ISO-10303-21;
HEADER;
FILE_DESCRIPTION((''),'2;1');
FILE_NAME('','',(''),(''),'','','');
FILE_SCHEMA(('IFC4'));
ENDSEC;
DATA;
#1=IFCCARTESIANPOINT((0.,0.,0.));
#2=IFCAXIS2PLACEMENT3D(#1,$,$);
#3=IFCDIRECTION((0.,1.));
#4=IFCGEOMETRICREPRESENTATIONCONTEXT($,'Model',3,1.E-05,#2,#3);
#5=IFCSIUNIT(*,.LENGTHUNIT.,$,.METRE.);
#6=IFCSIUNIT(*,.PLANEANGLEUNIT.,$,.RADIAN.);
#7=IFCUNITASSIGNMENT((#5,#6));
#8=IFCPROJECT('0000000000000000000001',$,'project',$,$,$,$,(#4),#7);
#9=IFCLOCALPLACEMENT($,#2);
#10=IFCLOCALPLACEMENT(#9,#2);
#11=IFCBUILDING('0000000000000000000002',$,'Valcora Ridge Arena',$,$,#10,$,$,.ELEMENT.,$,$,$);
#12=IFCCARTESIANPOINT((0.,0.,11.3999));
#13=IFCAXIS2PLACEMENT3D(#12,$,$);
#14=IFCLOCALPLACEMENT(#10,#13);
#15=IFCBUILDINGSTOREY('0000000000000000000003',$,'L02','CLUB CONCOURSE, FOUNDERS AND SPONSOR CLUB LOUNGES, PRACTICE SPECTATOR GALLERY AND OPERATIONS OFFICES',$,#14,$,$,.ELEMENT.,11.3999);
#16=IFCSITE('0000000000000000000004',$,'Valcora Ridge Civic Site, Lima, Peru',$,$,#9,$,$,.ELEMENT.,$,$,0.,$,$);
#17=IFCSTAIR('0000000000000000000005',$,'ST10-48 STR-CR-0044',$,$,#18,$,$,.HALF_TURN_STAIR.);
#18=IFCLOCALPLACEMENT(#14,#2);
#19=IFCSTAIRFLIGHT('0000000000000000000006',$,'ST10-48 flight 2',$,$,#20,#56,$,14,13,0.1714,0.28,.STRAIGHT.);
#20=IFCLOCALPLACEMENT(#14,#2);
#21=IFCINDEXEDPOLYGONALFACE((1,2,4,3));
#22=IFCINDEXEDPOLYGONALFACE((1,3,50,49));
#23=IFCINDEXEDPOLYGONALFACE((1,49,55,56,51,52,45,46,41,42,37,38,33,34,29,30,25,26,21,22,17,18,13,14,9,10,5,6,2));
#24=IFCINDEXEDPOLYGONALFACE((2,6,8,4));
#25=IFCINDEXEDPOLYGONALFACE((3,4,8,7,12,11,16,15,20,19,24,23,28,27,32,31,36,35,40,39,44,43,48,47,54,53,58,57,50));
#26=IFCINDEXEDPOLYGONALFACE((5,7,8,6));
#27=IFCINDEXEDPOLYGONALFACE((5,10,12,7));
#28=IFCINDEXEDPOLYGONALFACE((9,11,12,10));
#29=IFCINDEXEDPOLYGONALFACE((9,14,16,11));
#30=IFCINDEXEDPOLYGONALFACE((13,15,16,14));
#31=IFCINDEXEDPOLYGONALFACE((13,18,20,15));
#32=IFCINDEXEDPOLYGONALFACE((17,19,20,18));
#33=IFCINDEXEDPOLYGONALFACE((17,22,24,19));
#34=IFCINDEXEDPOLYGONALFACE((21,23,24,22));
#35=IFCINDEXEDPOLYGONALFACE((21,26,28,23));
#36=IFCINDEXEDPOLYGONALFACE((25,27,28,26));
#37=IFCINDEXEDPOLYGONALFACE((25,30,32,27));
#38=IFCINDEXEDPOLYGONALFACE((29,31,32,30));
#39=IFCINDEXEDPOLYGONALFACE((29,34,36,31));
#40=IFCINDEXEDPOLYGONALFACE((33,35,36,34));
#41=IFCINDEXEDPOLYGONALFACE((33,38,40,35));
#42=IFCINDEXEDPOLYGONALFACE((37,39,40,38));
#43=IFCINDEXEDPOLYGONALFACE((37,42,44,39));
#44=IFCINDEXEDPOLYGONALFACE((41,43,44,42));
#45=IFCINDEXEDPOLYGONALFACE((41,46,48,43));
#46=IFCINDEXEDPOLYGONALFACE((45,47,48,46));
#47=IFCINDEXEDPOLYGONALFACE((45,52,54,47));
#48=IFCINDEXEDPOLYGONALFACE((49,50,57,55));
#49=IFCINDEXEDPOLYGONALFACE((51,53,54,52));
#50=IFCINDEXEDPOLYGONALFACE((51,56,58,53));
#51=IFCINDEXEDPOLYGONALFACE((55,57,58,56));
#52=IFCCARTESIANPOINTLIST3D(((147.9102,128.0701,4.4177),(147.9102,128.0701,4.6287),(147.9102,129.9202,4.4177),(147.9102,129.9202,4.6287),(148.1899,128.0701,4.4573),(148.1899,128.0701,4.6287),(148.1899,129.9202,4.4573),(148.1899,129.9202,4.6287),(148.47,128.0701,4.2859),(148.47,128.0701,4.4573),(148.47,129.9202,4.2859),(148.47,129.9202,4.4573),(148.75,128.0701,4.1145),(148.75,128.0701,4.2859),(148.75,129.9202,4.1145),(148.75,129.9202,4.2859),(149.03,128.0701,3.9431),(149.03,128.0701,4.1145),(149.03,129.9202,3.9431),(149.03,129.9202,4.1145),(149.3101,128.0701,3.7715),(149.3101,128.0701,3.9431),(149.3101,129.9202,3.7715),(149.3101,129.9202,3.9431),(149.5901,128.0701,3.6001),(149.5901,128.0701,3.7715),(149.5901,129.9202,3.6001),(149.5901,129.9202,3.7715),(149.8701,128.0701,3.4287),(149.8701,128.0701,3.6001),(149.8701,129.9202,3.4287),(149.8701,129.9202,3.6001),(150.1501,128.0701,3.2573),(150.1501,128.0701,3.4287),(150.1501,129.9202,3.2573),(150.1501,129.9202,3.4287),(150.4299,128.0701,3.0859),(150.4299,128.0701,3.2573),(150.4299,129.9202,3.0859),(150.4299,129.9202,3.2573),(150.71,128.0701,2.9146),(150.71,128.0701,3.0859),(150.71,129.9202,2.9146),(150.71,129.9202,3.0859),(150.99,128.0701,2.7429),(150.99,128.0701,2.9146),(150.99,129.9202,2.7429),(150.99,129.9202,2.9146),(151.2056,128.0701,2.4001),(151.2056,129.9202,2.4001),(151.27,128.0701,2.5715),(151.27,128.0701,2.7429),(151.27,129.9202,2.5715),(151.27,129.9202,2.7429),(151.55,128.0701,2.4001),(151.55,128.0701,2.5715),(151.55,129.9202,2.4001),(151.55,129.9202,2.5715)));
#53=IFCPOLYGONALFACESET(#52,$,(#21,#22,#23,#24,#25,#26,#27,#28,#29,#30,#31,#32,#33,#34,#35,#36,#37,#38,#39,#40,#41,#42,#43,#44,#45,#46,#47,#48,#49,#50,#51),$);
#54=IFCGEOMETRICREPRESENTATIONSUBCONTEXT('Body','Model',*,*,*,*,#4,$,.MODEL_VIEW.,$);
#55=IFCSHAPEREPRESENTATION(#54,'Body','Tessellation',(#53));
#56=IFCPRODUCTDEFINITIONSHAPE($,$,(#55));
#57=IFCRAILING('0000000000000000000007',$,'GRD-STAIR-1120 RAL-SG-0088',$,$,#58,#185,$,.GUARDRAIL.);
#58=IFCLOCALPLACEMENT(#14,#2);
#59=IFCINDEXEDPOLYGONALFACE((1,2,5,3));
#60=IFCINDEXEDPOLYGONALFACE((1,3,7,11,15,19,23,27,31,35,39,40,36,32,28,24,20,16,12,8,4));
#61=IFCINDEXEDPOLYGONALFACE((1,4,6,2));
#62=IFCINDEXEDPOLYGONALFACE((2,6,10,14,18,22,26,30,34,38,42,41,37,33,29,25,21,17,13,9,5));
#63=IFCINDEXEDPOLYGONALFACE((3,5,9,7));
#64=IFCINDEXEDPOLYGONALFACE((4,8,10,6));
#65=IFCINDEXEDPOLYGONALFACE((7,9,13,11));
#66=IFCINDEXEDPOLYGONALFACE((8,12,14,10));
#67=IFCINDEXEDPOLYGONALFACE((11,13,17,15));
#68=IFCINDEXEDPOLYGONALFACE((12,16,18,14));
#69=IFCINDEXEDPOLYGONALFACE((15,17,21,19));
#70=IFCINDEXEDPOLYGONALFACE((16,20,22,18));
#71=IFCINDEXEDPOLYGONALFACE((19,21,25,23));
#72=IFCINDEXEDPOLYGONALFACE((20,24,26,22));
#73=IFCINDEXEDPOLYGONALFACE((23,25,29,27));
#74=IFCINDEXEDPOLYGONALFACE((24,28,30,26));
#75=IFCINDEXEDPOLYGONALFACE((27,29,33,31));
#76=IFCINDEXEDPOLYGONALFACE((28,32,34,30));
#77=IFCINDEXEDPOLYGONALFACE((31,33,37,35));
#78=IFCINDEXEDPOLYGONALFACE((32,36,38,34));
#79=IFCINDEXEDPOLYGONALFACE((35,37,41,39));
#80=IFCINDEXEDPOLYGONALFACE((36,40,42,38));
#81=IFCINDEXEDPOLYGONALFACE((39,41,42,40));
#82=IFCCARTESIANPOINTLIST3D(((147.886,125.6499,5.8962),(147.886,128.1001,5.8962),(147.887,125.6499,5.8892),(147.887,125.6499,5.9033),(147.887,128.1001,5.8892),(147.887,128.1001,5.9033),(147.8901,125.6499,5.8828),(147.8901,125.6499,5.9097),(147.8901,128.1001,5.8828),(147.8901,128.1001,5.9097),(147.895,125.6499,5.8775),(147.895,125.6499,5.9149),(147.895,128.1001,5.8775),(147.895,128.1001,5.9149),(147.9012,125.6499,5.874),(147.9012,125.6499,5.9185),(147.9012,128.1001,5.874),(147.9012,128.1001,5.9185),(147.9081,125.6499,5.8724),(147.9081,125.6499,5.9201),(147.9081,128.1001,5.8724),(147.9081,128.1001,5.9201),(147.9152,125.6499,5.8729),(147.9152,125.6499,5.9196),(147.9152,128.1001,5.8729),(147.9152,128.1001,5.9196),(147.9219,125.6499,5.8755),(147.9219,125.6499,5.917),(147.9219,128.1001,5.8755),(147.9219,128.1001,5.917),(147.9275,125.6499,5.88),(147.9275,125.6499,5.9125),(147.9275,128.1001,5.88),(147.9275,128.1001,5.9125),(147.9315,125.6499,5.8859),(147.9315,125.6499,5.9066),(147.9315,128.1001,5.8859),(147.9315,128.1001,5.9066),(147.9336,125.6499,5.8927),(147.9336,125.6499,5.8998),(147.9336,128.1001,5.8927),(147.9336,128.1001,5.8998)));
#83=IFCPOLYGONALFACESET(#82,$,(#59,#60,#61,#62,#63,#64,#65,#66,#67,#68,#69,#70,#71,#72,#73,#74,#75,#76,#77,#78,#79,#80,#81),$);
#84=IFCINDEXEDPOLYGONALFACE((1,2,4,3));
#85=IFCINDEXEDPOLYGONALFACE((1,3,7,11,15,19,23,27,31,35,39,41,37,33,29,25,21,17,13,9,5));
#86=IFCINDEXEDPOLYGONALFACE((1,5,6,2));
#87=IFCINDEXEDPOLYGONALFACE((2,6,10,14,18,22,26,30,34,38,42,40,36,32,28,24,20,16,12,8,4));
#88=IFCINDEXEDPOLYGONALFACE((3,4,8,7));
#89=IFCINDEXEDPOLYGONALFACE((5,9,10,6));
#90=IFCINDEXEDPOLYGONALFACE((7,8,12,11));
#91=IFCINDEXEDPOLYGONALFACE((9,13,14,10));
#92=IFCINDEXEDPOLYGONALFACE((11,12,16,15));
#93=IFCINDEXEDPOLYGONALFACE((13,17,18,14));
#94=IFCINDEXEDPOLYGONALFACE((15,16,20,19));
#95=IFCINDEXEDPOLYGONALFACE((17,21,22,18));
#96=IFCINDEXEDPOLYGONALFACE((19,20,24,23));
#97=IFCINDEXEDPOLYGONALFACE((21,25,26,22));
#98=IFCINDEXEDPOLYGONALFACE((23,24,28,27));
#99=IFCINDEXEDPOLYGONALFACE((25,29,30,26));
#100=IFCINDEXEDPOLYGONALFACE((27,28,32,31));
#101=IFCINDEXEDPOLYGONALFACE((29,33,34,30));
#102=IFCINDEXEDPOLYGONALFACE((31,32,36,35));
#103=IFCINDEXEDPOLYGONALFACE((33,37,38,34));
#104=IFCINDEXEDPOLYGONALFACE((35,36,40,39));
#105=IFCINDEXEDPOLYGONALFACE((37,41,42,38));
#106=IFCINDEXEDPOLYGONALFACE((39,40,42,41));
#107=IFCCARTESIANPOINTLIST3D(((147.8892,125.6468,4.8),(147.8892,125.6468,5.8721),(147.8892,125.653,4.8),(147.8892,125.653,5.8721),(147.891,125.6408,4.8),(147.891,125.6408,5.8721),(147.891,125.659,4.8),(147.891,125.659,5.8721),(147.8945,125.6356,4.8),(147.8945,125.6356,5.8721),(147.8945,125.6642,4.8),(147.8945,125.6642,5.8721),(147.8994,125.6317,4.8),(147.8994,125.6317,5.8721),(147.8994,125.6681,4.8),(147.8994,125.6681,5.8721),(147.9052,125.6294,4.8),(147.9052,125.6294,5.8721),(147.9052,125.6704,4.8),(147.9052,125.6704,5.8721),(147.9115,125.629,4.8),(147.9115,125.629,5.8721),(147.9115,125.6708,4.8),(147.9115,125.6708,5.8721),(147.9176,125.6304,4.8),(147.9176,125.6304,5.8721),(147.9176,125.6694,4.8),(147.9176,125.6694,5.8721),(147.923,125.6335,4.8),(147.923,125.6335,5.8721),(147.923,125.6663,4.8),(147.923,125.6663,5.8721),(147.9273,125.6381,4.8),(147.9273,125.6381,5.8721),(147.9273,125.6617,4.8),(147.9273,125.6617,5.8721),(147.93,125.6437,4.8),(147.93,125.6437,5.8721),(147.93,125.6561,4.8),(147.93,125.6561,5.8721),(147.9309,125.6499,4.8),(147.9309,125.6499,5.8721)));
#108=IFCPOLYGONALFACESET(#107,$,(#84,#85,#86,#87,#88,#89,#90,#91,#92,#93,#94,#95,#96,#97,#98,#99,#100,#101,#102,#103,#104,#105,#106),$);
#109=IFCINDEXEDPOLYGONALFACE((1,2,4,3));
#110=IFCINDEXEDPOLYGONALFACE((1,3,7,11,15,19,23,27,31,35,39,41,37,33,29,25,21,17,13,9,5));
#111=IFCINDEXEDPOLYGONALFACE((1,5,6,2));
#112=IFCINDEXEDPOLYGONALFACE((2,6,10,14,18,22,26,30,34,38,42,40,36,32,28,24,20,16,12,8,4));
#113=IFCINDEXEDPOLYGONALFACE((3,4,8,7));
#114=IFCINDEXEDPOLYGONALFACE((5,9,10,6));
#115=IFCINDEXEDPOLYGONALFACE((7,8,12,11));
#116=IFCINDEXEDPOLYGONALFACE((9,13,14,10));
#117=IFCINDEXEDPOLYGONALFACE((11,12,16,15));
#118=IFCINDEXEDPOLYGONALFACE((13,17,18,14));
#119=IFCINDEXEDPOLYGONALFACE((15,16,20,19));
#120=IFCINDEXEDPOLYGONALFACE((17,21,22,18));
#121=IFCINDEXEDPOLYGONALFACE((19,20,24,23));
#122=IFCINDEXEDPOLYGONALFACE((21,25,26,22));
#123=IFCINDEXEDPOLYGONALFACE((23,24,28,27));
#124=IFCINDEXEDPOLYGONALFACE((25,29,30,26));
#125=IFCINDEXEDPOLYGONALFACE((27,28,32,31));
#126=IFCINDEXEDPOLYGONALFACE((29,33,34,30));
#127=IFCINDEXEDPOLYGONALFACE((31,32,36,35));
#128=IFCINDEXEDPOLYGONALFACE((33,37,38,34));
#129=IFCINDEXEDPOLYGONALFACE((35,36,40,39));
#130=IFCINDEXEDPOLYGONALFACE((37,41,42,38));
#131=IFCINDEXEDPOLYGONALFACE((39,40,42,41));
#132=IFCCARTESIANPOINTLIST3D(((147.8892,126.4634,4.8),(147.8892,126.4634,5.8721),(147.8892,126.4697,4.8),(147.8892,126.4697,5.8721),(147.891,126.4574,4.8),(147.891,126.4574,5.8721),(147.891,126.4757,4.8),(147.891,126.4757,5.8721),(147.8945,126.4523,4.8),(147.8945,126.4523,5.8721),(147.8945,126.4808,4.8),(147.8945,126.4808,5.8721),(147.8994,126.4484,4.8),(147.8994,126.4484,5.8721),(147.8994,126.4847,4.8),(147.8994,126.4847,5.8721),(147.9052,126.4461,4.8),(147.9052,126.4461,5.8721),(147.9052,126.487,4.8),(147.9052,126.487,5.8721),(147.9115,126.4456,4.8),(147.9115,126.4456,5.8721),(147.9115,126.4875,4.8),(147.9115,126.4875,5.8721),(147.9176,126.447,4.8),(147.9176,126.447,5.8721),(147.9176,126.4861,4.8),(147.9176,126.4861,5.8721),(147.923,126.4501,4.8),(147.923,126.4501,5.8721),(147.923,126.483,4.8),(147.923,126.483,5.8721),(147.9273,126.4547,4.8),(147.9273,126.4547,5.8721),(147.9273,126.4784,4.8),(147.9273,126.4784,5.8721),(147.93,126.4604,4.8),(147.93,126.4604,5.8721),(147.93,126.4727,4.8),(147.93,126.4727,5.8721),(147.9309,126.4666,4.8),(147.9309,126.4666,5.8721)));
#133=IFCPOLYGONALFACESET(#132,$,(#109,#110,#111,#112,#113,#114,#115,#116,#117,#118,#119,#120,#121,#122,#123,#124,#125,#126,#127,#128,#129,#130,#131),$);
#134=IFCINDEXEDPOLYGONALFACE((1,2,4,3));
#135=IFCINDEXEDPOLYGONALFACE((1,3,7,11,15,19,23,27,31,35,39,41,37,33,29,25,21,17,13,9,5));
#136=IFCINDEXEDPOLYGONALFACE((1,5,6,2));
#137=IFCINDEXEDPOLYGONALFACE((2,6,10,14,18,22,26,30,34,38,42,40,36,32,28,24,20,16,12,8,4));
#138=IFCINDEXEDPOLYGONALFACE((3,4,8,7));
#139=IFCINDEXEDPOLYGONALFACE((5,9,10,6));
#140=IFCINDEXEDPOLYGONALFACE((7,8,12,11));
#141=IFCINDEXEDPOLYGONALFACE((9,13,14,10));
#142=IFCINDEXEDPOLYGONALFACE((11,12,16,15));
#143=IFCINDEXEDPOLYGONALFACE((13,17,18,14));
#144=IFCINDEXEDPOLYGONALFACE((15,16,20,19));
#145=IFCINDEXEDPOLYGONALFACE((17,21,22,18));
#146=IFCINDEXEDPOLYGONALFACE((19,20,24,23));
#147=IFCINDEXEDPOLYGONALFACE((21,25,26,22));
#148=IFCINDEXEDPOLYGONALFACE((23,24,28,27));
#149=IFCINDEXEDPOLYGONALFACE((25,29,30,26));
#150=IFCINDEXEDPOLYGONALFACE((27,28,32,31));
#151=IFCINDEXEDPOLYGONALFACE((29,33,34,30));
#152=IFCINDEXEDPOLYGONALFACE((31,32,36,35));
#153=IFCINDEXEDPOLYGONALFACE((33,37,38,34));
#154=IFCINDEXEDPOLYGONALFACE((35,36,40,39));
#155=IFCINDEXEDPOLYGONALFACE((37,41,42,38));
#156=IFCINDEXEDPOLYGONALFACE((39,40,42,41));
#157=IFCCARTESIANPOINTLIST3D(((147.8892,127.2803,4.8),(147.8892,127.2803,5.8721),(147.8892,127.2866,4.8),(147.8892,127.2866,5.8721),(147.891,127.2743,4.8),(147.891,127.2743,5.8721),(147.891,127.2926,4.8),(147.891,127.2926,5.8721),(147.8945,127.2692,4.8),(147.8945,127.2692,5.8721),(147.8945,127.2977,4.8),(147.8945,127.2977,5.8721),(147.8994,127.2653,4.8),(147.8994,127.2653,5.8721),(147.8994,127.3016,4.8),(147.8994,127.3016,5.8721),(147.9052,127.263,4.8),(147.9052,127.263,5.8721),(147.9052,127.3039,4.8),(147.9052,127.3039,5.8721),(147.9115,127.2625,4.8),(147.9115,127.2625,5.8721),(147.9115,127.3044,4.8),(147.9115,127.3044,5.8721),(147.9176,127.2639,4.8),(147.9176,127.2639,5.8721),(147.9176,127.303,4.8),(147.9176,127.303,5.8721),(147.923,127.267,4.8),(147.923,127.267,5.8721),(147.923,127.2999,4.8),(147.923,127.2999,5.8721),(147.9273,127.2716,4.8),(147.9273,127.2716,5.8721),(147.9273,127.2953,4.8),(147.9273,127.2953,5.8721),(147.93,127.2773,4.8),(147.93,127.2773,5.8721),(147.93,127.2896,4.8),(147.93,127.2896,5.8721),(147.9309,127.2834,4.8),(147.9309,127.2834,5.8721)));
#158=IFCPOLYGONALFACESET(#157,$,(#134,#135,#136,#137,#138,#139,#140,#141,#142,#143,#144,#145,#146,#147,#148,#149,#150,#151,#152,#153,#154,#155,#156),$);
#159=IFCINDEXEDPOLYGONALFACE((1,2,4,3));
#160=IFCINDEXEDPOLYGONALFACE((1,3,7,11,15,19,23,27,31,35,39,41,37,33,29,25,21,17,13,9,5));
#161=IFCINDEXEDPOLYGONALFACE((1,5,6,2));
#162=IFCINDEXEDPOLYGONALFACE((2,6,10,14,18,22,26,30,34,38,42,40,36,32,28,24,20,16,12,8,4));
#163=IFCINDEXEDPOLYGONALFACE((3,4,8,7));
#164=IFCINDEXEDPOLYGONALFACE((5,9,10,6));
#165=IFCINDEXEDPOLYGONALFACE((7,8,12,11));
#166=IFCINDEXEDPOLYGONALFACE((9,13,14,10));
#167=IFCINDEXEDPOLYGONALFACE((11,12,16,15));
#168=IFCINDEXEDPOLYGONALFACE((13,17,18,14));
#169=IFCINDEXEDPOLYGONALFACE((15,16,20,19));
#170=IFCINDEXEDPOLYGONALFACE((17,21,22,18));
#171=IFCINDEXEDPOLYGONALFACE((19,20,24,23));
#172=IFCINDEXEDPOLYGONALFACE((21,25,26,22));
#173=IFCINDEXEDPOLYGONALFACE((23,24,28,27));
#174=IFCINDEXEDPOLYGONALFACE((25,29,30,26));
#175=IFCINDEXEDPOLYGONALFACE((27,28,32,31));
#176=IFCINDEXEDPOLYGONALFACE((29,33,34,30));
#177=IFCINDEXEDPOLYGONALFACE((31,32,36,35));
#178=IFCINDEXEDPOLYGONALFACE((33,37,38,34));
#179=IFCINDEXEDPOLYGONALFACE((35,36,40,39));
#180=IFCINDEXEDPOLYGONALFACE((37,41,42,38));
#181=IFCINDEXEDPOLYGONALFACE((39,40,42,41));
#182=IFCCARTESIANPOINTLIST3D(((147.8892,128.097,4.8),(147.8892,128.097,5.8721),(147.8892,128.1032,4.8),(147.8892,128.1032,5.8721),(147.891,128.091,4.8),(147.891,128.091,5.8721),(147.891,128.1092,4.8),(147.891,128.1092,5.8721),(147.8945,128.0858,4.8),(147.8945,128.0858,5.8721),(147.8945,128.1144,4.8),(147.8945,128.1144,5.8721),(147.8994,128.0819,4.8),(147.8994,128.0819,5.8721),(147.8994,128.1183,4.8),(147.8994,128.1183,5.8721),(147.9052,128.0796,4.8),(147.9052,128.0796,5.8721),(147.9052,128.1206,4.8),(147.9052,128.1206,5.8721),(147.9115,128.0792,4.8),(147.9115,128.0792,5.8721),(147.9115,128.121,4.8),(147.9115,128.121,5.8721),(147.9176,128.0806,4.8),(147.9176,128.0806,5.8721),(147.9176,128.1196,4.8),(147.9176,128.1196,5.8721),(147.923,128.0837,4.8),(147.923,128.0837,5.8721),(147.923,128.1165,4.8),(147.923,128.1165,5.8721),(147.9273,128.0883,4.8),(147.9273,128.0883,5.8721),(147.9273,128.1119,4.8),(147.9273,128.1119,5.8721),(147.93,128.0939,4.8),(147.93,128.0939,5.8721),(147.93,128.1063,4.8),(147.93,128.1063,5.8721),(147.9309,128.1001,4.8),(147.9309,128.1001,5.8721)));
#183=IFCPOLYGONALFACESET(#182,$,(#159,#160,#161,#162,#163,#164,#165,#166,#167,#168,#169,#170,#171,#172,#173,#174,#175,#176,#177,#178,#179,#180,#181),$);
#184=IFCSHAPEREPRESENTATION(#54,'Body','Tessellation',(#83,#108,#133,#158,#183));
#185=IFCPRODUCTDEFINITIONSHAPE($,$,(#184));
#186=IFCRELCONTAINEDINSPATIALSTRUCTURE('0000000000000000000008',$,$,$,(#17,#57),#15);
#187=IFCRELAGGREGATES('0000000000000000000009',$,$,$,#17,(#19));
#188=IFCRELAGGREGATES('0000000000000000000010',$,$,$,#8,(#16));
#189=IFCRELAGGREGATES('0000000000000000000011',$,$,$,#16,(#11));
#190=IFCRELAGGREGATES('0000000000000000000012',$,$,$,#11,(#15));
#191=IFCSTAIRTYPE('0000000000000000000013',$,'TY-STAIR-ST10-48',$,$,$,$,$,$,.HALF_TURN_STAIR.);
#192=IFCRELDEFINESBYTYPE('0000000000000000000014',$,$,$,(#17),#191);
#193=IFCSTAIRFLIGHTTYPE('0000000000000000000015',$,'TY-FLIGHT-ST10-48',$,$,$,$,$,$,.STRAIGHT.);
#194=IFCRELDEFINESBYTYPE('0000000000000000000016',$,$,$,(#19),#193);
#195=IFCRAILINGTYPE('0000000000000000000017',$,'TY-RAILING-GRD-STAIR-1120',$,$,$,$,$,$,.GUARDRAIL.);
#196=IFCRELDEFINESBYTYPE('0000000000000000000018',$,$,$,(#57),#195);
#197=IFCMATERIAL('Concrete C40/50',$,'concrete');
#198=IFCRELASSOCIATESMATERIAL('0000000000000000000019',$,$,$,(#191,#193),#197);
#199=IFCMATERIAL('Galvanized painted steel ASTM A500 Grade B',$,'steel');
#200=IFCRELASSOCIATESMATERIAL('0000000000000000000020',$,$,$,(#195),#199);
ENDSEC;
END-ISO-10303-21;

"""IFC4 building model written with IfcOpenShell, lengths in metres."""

from ifc_helpers import new_model, si_unit, direction, frame, origin, origin_2d, place, context, subcontext, project, spatial, polyline, circle, outline, extrude, material, type_object, element, aggregate, save


model = new_model("IFC4")

# Units and contexts
model_context = context("Model", 3, precision=1e-05, world=origin(), true_north=direction((0.0, 1.0)))
body_context = subcontext(model_context, "Body", "Model", "MODEL_VIEW")
ifc_project = project(units=[si_unit("LENGTHUNIT", "METRE"), si_unit("PLANEANGLEUNIT", "RADIAN")], contexts=[model_context])

# Site, building, storey
site_placement = place(None, origin())
site = spatial("IfcSite", under=ifc_project, at=site_placement, Name="Valcora Ridge Civic Site, Lima, Peru", CompositionType="ELEMENT", RefElevation=0.0)
building_placement = place(site_placement, origin())
building = spatial("IfcBuilding", under=site, at=building_placement, Name="Valcora Ridge Arena", CompositionType="ELEMENT")
storey_placement = place(building_placement, frame((0.0, 0.0, 11.3999)))
storey = spatial("IfcBuildingStorey", under=building, at=storey_placement, Name="L02", Description="CLUB CONCOURSE, FOUNDERS AND SPONSOR CLUB LOUNGES, PRACTICE SPECTATOR GALLERY AND OPERATIONS OFFICES", CompositionType="ELEMENT", Elevation=11.3999)

# Shared definitions
ifc_material_1 = material(Name="Concrete C40/50", Category="concrete")

# Stair, stair flight
stair_type = type_object("IfcStairType", Name="TY-STAIR-ST10-48", PredefinedType="HALF_TURN_STAIR", material=ifc_material_1)
stair_placement = place(storey_placement, origin())
stair = element("IfcStair", 1, at=stair_placement, inside=storey, type_object=stair_type, Name="ST10-48 STR-CR-0044", PredefinedType="HALF_TURN_STAIR")
stair_flight_type = type_object("IfcStairFlightType", Name="TY-FLIGHT-ST10-48", PredefinedType="STRAIGHT", material=ifc_material_1)
stair_flight_1_placement = place(storey_placement, frame((151.55, 128.9951, 2.4001), z_axis=(0.0, 0.0, 1.0), x_axis=(-1.0, 0.0, 0.0)))
stair_flight_1 = element("IfcStairFlight", 2, at=stair_flight_1_placement, type_object=stair_flight_type, Name="ST10-48 flight 2", NumberOfRisers=14, NumberOfTreads=13, PredefinedType="STRAIGHT", RiserHeight=0.1714, TreadLength=0.28, context=body_context, shape_type="SweptSolid", body=[
    extrude(outline(polyline([(0.0, 0.0), (0.0, 0.1714), (0.28, 0.1714), (0.28, 0.3428), (0.5601, 0.3428), (0.5601, 0.5144), (0.8401, 0.5144), (0.8401, 0.6858), (1.1201, 0.6858), (1.1201, 0.8572), (1.3999, 0.8572), (1.3999, 1.0286), (1.6799, 1.0286), (1.6799, 1.2), (1.96, 1.2), (1.96, 1.3713), (2.24, 1.3713), (2.24, 1.543), (2.52, 1.543), (2.52, 1.7144), (2.8, 1.7144), (2.8, 1.8857), (3.0801, 1.8857), (3.0801, 2.0571), (3.3601, 2.0571), (3.3601, 2.2285), (3.6399, 2.2285), (3.6399, 2.3999), (3.6399, 2.0176), (0.3445, 0.0), (0.0, 0.0)])), frame((0.0, 0.925, 0.0), z_axis=(0.0, -1.0, 0.0), x_axis=(1.0, 0.0, 0.0)), (0.0, 0.0, 1.0), 1.8501),
])
aggregate(stair, [stair_flight_1])

# Railing
ifc_material_2 = material(Name="Galvanized painted steel ASTM A500 Grade B", Category="steel")
railing_type_1 = type_object("IfcRailingType", Name="TY-RAILING-GRD-STAIR-1120", PredefinedType="GUARDRAIL", material=ifc_material_2)
railing_1_placement = place(storey_placement, frame((147.9099, 125.6499, 4.8)))
element("IfcRailing", 3, at=railing_1_placement, inside=storey, type_object=railing_type_1, Name="GRD-STAIR-1120 RAL-SG-0088", PredefinedType="GUARDRAIL", context=body_context, shape_type="SweptSolid", body=[
    extrude(circle(Radius=0.0239, at=origin_2d()), frame((0.0, 0.0, 1.0962), z_axis=(0.0, 1.0, 0.0), x_axis=(-1.0, 0.0, 0.0)), (0.0, 0.0, 1.0), 2.4502),
    extrude(circle(Radius=0.021, at=origin_2d()), origin(), (0.0, 0.0, 1.0), 1.072),
    extrude(circle(Radius=0.021, at=origin_2d()), frame((0.0, 0.8167, 0.0)), (0.0, 0.0, 1.0), 1.072),
    extrude(circle(Radius=0.021, at=origin_2d()), frame((0.0, 1.6335, 0.0)), (0.0, 0.0, 1.0), 1.072),
    extrude(circle(Radius=0.021, at=origin_2d()), frame((0.0, 2.4502, 0.0)), (0.0, 0.0, 1.0), 1.072),
])

save(model, "model.ifc")
